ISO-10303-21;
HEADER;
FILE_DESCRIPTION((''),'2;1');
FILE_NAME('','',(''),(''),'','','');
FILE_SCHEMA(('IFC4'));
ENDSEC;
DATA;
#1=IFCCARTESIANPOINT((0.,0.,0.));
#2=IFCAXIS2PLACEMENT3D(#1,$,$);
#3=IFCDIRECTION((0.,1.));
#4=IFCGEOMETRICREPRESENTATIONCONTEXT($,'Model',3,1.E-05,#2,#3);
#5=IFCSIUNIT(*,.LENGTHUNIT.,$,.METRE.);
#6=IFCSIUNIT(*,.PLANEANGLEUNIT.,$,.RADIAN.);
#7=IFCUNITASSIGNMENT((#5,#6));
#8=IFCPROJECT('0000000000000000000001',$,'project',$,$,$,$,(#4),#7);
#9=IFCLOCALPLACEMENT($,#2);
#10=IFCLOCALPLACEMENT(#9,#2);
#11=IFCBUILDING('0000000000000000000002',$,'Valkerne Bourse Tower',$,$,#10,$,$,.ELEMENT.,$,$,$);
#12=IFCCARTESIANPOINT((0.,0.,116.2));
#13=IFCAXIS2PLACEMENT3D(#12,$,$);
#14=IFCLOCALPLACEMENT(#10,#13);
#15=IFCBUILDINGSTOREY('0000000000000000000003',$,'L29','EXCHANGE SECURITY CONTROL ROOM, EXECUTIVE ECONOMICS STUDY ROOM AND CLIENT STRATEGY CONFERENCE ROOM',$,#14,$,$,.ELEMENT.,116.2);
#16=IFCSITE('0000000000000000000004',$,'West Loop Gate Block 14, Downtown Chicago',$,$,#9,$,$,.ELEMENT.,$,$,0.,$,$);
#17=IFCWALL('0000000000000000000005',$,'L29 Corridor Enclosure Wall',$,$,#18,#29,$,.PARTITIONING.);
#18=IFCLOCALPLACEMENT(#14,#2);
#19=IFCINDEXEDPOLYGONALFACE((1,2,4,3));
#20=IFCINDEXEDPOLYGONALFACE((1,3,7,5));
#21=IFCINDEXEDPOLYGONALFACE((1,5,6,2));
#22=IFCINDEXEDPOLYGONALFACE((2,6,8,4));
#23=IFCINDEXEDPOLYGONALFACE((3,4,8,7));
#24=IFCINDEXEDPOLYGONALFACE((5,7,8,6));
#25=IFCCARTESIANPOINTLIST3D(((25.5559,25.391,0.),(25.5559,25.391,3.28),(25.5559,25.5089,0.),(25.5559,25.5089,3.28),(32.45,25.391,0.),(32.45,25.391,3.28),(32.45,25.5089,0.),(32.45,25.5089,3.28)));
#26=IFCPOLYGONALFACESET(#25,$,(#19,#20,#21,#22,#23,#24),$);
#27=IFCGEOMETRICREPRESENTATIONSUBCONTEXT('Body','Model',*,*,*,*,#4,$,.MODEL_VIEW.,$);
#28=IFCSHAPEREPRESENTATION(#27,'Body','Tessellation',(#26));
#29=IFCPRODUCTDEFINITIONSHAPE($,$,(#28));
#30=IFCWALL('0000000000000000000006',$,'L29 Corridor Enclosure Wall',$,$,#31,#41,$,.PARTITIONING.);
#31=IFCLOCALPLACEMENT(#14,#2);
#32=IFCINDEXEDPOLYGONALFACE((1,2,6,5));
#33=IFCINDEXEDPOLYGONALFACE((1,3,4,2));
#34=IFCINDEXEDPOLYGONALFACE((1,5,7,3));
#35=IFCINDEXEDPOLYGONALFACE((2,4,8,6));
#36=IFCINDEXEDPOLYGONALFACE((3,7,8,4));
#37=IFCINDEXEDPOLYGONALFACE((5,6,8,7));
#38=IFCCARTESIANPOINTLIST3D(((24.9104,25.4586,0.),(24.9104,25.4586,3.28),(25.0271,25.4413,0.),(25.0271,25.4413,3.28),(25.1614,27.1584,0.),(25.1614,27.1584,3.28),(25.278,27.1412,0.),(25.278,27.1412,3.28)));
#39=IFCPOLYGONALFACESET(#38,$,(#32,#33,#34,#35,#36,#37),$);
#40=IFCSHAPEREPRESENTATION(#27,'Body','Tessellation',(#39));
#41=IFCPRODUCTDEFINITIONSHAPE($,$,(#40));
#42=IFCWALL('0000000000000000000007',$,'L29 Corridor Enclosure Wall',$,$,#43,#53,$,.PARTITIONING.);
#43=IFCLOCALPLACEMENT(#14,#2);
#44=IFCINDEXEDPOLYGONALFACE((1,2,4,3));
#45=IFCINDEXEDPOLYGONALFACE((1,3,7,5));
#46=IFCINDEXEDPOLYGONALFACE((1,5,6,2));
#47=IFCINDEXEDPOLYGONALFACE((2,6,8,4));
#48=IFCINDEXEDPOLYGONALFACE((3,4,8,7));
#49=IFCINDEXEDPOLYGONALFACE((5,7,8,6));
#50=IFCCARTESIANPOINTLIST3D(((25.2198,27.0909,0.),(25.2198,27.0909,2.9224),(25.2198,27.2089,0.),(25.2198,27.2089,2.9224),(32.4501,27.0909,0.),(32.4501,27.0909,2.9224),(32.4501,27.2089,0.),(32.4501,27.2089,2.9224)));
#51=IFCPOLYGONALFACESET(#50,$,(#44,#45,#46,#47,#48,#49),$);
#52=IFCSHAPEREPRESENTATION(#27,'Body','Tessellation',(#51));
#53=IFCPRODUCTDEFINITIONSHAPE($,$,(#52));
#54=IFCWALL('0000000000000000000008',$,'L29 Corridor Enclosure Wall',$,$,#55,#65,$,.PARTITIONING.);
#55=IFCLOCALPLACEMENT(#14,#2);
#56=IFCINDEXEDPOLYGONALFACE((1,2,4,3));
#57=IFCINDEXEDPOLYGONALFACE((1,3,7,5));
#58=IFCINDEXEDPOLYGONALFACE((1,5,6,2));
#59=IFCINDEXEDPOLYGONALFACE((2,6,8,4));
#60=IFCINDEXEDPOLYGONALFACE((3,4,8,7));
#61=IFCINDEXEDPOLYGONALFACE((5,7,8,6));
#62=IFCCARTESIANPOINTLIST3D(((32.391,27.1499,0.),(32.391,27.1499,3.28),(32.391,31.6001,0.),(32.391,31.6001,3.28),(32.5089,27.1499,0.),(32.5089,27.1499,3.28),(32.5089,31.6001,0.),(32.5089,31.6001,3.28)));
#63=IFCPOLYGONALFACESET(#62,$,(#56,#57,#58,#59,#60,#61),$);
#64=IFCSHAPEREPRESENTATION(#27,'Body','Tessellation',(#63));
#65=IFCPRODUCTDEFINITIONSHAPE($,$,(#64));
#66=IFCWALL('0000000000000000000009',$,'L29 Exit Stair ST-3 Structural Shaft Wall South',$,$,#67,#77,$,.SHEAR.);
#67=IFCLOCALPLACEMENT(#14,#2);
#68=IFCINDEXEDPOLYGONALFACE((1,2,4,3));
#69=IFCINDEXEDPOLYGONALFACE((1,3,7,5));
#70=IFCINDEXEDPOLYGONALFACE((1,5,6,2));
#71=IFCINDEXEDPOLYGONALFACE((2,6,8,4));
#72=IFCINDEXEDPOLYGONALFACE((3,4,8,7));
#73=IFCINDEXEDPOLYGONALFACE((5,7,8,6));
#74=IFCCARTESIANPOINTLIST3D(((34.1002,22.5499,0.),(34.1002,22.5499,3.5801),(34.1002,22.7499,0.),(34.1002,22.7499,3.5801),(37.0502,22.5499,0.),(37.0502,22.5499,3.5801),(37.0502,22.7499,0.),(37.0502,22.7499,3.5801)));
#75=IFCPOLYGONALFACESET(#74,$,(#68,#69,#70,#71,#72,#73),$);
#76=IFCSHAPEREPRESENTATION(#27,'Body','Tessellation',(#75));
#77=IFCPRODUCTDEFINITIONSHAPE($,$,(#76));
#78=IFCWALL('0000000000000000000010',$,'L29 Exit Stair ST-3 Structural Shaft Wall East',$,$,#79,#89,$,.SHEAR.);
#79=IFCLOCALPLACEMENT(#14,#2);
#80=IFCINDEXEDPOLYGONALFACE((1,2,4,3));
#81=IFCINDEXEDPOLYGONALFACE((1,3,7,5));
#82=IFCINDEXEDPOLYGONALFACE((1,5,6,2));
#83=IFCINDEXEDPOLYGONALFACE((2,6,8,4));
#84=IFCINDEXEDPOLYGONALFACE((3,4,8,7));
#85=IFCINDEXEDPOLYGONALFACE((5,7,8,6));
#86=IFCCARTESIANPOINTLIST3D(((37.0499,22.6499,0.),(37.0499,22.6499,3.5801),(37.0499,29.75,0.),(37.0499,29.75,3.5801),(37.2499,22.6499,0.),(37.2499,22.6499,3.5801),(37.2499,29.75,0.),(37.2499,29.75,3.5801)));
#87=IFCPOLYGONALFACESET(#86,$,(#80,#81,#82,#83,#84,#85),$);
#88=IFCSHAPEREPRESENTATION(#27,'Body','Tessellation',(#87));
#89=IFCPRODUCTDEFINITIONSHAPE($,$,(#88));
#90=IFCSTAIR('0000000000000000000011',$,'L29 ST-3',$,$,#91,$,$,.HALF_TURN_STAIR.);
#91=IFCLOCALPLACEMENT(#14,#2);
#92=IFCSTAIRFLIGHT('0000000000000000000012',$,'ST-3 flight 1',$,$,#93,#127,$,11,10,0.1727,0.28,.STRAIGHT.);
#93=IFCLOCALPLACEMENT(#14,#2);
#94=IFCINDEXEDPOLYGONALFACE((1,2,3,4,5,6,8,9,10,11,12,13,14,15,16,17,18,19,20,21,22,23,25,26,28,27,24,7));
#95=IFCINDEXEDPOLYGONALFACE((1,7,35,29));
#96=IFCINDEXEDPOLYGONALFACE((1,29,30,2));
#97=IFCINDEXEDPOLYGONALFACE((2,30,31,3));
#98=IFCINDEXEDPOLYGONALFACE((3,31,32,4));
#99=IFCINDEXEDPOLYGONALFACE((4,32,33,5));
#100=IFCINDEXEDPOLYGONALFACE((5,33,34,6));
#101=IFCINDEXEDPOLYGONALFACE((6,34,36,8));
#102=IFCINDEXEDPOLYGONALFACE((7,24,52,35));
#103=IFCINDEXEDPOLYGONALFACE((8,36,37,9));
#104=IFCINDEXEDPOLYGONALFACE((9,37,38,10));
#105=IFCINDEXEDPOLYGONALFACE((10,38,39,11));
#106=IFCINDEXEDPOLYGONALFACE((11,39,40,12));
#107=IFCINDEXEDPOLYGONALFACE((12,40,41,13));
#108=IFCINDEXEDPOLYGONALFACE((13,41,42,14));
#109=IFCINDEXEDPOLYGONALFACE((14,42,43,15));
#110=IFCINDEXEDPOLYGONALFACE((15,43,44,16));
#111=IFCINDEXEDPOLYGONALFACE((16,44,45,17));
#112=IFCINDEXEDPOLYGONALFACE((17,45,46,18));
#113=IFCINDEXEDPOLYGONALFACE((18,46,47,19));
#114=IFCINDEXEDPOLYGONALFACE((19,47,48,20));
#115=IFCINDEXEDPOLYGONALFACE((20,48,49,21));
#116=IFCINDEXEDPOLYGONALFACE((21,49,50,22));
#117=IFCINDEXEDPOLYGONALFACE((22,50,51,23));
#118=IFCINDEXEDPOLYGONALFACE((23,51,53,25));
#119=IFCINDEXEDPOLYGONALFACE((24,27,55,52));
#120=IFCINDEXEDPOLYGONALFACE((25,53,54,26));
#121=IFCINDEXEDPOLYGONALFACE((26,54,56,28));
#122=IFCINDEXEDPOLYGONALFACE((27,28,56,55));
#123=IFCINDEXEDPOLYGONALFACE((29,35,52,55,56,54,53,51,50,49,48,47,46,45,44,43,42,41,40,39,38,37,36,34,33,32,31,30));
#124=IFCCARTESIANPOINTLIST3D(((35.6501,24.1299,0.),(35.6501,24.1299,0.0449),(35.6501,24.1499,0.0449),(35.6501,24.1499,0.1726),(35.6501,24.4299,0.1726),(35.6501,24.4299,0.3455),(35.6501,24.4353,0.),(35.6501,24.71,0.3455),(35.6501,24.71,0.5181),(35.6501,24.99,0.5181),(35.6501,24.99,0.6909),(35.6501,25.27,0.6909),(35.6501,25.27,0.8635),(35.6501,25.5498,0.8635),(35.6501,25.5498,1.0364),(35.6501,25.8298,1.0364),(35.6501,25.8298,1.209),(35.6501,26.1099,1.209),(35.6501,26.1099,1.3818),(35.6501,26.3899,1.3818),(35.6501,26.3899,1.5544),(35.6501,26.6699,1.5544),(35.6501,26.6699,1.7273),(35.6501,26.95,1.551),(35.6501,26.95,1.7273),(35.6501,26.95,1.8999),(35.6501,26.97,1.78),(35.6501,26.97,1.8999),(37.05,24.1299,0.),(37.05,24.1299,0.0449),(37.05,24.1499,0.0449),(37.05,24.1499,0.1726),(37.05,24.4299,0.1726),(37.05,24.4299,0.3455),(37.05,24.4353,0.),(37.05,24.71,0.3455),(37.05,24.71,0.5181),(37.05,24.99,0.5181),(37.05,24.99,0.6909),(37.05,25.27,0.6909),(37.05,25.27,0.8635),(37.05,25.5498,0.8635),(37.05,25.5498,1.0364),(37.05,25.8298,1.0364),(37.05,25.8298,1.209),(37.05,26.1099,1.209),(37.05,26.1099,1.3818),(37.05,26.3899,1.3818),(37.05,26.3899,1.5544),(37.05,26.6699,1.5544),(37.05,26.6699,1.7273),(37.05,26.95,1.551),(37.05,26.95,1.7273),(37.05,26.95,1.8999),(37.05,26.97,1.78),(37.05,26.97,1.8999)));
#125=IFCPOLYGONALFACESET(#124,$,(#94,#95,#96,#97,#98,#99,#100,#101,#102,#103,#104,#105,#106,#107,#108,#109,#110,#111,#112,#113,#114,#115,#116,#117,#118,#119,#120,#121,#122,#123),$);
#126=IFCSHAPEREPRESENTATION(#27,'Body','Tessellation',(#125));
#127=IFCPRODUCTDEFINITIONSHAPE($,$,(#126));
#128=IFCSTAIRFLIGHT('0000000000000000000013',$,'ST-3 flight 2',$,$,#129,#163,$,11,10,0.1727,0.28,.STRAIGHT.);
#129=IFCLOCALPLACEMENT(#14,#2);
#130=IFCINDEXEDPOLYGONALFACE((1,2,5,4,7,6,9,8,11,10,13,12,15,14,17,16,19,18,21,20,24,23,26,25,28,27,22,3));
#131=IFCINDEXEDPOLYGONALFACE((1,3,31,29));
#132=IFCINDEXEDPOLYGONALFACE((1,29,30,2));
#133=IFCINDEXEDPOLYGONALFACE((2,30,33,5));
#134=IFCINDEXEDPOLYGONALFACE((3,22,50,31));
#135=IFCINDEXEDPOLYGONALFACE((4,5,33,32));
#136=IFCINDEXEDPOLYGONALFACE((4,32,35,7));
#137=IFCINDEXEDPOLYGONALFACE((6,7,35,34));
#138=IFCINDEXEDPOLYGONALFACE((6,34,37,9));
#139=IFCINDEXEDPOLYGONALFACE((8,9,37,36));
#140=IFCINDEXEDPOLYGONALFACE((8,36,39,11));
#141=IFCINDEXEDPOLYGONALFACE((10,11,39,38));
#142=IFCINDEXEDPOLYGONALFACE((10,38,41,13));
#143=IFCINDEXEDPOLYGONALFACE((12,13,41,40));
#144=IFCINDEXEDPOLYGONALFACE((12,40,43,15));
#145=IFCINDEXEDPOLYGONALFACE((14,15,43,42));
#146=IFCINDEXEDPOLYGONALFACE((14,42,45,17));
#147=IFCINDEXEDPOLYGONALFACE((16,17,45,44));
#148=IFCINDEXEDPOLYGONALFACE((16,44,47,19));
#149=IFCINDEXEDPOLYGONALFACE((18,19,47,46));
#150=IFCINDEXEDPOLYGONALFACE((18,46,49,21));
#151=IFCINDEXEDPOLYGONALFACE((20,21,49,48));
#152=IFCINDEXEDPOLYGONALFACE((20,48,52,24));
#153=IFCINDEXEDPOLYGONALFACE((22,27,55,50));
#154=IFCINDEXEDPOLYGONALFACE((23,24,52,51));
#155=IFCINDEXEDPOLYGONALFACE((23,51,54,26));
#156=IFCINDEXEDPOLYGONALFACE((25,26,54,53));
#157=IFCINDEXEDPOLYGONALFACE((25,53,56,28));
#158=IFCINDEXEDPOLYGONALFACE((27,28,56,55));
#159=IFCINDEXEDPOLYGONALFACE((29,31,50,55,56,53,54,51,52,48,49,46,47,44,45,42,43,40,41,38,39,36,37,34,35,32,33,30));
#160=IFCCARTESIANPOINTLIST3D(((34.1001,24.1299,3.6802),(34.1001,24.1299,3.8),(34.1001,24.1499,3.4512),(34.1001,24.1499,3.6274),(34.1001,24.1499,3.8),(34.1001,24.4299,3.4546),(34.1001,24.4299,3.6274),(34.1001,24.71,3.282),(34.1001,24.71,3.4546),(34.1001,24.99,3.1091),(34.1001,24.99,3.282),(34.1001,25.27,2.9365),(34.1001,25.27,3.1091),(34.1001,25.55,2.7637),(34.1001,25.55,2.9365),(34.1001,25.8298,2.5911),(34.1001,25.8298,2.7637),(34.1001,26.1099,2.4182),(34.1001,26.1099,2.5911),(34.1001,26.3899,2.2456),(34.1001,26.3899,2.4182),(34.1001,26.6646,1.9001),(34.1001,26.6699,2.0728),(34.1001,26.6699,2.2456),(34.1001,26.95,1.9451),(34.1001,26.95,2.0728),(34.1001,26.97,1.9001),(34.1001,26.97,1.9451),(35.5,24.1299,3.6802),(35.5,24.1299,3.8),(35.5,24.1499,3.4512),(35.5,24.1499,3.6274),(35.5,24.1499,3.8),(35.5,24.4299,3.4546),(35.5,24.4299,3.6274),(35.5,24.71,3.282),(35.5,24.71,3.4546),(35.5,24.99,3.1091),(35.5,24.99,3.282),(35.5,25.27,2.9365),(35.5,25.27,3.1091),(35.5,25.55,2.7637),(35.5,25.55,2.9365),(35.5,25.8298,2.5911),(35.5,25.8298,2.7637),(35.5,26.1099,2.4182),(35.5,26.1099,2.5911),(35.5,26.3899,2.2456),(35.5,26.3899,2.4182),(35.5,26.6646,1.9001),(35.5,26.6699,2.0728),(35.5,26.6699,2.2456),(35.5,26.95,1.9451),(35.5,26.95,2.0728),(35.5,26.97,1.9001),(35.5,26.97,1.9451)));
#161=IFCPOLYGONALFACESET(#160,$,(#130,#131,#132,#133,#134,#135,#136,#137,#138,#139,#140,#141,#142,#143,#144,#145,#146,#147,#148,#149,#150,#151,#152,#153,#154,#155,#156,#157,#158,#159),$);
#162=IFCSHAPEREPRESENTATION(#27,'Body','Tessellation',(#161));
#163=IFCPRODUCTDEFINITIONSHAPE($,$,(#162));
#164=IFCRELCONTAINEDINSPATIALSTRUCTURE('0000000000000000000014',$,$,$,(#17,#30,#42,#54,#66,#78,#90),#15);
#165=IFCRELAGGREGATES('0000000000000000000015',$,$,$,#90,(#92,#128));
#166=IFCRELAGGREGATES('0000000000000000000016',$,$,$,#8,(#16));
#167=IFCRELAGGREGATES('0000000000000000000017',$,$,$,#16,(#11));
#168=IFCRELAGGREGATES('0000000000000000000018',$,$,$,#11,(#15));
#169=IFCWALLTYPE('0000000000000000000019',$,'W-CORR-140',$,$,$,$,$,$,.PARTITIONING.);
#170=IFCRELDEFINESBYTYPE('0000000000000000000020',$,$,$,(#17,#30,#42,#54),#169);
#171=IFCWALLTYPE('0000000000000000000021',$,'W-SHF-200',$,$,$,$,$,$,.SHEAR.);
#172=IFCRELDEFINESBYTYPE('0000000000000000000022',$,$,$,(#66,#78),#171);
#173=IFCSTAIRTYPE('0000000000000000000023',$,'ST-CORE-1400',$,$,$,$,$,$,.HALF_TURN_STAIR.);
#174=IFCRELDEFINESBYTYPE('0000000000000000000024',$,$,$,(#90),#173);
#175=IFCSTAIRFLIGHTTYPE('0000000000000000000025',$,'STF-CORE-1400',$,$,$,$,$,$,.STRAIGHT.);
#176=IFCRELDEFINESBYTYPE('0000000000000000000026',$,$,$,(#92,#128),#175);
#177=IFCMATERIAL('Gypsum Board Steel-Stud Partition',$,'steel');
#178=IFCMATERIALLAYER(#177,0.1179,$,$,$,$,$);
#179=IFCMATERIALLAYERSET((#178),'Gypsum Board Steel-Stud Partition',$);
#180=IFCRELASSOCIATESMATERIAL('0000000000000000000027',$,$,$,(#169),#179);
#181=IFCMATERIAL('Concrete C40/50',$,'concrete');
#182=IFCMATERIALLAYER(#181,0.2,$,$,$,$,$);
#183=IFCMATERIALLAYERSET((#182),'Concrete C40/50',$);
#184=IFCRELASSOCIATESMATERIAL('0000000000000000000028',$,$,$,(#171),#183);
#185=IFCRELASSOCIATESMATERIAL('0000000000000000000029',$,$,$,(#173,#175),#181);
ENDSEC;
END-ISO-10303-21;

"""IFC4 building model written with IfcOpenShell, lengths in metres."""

from ifc_helpers import new_model, si_unit, direction, frame, frame_2d, origin, place, context, subcontext, project, spatial, polyline, rectangle, outline, extrude, material, layer, layer_set, type_object, element, aggregate, save


model = new_model("IFC4")

# Units and contexts
model_context = context("Model", 3, precision=1e-05, world=origin(), true_north=direction((0.0, 1.0)))
body_context = subcontext(model_context, "Body", "Model", "MODEL_VIEW")
ifc_project = project(units=[si_unit("LENGTHUNIT", "METRE"), si_unit("PLANEANGLEUNIT", "RADIAN")], contexts=[model_context])

# Site, building, storey
site_placement = place(None, origin())
site = spatial("IfcSite", under=ifc_project, at=site_placement, Name="West Loop Gate Block 14, Downtown Chicago", CompositionType="ELEMENT", RefElevation=0.0)
building_placement = place(site_placement, origin())
building = spatial("IfcBuilding", under=site, at=building_placement, Name="Valkerne Bourse Tower", CompositionType="ELEMENT")
storey_placement = place(building_placement, frame((0.0, 0.0, 116.2)))
storey = spatial("IfcBuildingStorey", under=building, at=storey_placement, Name="L29", Description="EXCHANGE SECURITY CONTROL ROOM, EXECUTIVE ECONOMICS STUDY ROOM AND CLIENT STRATEGY CONFERENCE ROOM", CompositionType="ELEMENT", Elevation=116.2)

# Walls
ifc_material_1 = material(Name="Gypsum Board Steel-Stud Partition", Category="steel")
ifc_layer_1 = layer(ifc_material_1, 0.1179)
ifc_layer_set_1 = layer_set([ifc_layer_1], Name="Gypsum Board Steel-Stud Partition")
wall_type_1 = type_object("IfcWallType", Name="W-CORR-140", PredefinedType="PARTITIONING", material=ifc_layer_set_1)
wall_1_placement = place(storey_placement, frame((32.45, 25.45, 0.0), z_axis=(0.0, 0.0, 1.0), x_axis=(-1.0, 0.0, 0.0)))
element("IfcWall", 1, at=wall_1_placement, inside=storey, type_object=wall_type_1, Name="L29 Corridor Enclosure Wall", PredefinedType="PARTITIONING", context=body_context, shape_type="SweptSolid", body=[
    extrude(rectangle(XDim=6.894, YDim=0.1179, at=frame_2d((3.447, 0.0))), origin(), (0.0, 0.0, 1.0), 3.28),
])
wall_2_placement = place(storey_placement, frame((24.9688, 25.45, 0.0), z_axis=(0.0, 0.0, 1.0), x_axis=(0.146054, 0.989277, 0.0)))
element("IfcWall", 2, at=wall_2_placement, inside=storey, type_object=wall_type_1, Name="L29 Corridor Enclosure Wall", PredefinedType="PARTITIONING", context=body_context, shape_type="SweptSolid", body=[
    extrude(rectangle(XDim=1.7183, YDim=0.1179, at=frame_2d((0.8591, 0.0))), origin(), (0.0, 0.0, 1.0), 3.28),
])
wall_3_placement = place(storey_placement, frame((25.2197, 27.1499, 0.0), z_axis=(0.0, 0.0, 1.0), x_axis=(1.0, 0.0, 0.0)))
element("IfcWall", 3, at=wall_3_placement, inside=storey, type_object=wall_type_1, Name="L29 Corridor Enclosure Wall", PredefinedType="PARTITIONING", context=body_context, shape_type="SweptSolid", body=[
    extrude(rectangle(XDim=7.2302, YDim=0.1179, at=frame_2d((3.6152, 0.0))), origin(), (0.0, 0.0, 1.0), 2.9224),
])
wall_4_placement = place(storey_placement, frame((32.45, 27.1499, 0.0), z_axis=(0.0, 0.0, 1.0), x_axis=(0.0, 1.0, 0.0)))
element("IfcWall", 4, at=wall_4_placement, inside=storey, type_object=wall_type_1, Name="L29 Corridor Enclosure Wall", PredefinedType="PARTITIONING", context=body_context, shape_type="SweptSolid", body=[
    extrude(rectangle(XDim=4.4502, YDim=0.1179, at=frame_2d((2.2251, 0.0))), origin(), (0.0, 0.0, 1.0), 3.28),
])
ifc_material_2 = material(Name="Concrete C40/50", Category="concrete")
ifc_layer_2 = layer(ifc_material_2, 0.2)
ifc_layer_set_2 = layer_set([ifc_layer_2], Name="Concrete C40/50")
wall_type_2 = type_object("IfcWallType", Name="W-SHF-200", PredefinedType="SHEAR", material=ifc_layer_set_2)
wall_5_placement = place(storey_placement, frame((34.1001, 22.6499, 0.0), z_axis=(0.0, 0.0, 1.0), x_axis=(1.0, 0.0, 0.0)))
element("IfcWall", 5, at=wall_5_placement, inside=storey, type_object=wall_type_2, Name="L29 Exit Stair ST-3 Structural Shaft Wall South", PredefinedType="SHEAR", context=body_context, shape_type="SweptSolid", body=[
    extrude(rectangle(XDim=2.95, YDim=0.2, at=frame_2d((1.4751, 0.0))), origin(), (0.0, 0.0, 1.0), 3.5801),
])
wall_6_placement = place(storey_placement, frame((37.1499, 22.6499, 0.0), z_axis=(0.0, 0.0, 1.0), x_axis=(0.0, 1.0, 0.0)))
element("IfcWall", 6, at=wall_6_placement, inside=storey, type_object=wall_type_2, Name="L29 Exit Stair ST-3 Structural Shaft Wall East", PredefinedType="SHEAR", context=body_context, shape_type="SweptSolid", body=[
    extrude(rectangle(XDim=7.1001, YDim=0.2, at=frame_2d((3.55, 0.0))), origin(), (0.0, 0.0, 1.0), 3.5801),
])

# Stair, stair flights
stair_type = type_object("IfcStairType", Name="ST-CORE-1400", PredefinedType="HALF_TURN_STAIR", material=ifc_material_2)
stair_placement = place(storey_placement, origin())
stair = element("IfcStair", 7, at=stair_placement, inside=storey, type_object=stair_type, Name="L29 ST-3", PredefinedType="HALF_TURN_STAIR")
stair_flight_type = type_object("IfcStairFlightType", Name="STF-CORE-1400", PredefinedType="STRAIGHT", material=ifc_material_2)
stair_flight_1_placement = place(storey_placement, frame((36.3501, 24.1499, 0.0), z_axis=(0.0, 0.0, 1.0), x_axis=(0.0, 1.0, 0.0)))
stair_flight_1 = element("IfcStairFlight", 8, at=stair_flight_1_placement, type_object=stair_flight_type, Name="ST-3 flight 1", NumberOfRisers=11, NumberOfTreads=10, PredefinedType="STRAIGHT", RiserHeight=0.1727, TreadLength=0.28, context=body_context, shape_type="SweptSolid", body=[
    extrude(outline(polyline([(-0.02, 0.0), (-0.02, 0.0449), (0.0, 0.0449), (0.0, 0.1726), (0.28, 0.1726), (0.28, 0.3455), (0.5601, 0.3455), (0.5601, 0.5181), (0.8401, 0.5181), (0.8401, 0.6909), (1.1201, 0.6909), (1.1201, 0.8635), (1.3999, 0.8635), (1.3999, 1.0364), (1.6799, 1.0364), (1.6799, 1.209), (1.96, 1.209), (1.96, 1.3818), (2.24, 1.3818), (2.24, 1.5544), (2.52, 1.5544), (2.52, 1.7273), (2.8, 1.7273), (2.8, 1.8999), (2.8201, 1.8999), (2.8201, 1.78), (2.8, 1.551), (0.2854, 0.0), (-0.02, 0.0)])), frame((0.0, 0.7, 0.0), z_axis=(0.0, -1.0, 0.0), x_axis=(1.0, 0.0, 0.0)), (0.0, 0.0, 1.0), 1.3999),
])
stair_flight_2_placement = place(storey_placement, frame((34.8, 26.95, 1.9001), z_axis=(0.0, 0.0, 1.0), x_axis=(0.0, -1.0, 0.0)))
stair_flight_2 = element("IfcStairFlight", 9, at=stair_flight_2_placement, type_object=stair_flight_type, Name="ST-3 flight 2", NumberOfRisers=11, NumberOfTreads=10, PredefinedType="STRAIGHT", RiserHeight=0.1727, TreadLength=0.28, context=body_context, shape_type="SweptSolid", body=[
    extrude(outline(polyline([(-0.02, 0.0), (-0.02, 0.0449), (0.0, 0.0449), (0.0, 0.1726), (0.28, 0.1726), (0.28, 0.3455), (0.5601, 0.3455), (0.5601, 0.5181), (0.8401, 0.5181), (0.8401, 0.6909), (1.1201, 0.6909), (1.1201, 0.8635), (1.3999, 0.8635), (1.3999, 1.0364), (1.6799, 1.0364), (1.6799, 1.209), (1.96, 1.209), (1.96, 1.3818), (2.24, 1.3818), (2.24, 1.5544), (2.52, 1.5544), (2.52, 1.7273), (2.8, 1.7273), (2.8, 1.8999), (2.8201, 1.8999), (2.8201, 1.78), (2.8, 1.551), (0.2854, 0.0), (-0.02, 0.0)])), frame((0.0, 0.7, 0.0), z_axis=(0.0, -1.0, 0.0), x_axis=(1.0, 0.0, 0.0)), (0.0, 0.0, 1.0), 1.3999),
])
aggregate(stair, [stair_flight_1, stair_flight_2])

save(model, "model.ifc")
